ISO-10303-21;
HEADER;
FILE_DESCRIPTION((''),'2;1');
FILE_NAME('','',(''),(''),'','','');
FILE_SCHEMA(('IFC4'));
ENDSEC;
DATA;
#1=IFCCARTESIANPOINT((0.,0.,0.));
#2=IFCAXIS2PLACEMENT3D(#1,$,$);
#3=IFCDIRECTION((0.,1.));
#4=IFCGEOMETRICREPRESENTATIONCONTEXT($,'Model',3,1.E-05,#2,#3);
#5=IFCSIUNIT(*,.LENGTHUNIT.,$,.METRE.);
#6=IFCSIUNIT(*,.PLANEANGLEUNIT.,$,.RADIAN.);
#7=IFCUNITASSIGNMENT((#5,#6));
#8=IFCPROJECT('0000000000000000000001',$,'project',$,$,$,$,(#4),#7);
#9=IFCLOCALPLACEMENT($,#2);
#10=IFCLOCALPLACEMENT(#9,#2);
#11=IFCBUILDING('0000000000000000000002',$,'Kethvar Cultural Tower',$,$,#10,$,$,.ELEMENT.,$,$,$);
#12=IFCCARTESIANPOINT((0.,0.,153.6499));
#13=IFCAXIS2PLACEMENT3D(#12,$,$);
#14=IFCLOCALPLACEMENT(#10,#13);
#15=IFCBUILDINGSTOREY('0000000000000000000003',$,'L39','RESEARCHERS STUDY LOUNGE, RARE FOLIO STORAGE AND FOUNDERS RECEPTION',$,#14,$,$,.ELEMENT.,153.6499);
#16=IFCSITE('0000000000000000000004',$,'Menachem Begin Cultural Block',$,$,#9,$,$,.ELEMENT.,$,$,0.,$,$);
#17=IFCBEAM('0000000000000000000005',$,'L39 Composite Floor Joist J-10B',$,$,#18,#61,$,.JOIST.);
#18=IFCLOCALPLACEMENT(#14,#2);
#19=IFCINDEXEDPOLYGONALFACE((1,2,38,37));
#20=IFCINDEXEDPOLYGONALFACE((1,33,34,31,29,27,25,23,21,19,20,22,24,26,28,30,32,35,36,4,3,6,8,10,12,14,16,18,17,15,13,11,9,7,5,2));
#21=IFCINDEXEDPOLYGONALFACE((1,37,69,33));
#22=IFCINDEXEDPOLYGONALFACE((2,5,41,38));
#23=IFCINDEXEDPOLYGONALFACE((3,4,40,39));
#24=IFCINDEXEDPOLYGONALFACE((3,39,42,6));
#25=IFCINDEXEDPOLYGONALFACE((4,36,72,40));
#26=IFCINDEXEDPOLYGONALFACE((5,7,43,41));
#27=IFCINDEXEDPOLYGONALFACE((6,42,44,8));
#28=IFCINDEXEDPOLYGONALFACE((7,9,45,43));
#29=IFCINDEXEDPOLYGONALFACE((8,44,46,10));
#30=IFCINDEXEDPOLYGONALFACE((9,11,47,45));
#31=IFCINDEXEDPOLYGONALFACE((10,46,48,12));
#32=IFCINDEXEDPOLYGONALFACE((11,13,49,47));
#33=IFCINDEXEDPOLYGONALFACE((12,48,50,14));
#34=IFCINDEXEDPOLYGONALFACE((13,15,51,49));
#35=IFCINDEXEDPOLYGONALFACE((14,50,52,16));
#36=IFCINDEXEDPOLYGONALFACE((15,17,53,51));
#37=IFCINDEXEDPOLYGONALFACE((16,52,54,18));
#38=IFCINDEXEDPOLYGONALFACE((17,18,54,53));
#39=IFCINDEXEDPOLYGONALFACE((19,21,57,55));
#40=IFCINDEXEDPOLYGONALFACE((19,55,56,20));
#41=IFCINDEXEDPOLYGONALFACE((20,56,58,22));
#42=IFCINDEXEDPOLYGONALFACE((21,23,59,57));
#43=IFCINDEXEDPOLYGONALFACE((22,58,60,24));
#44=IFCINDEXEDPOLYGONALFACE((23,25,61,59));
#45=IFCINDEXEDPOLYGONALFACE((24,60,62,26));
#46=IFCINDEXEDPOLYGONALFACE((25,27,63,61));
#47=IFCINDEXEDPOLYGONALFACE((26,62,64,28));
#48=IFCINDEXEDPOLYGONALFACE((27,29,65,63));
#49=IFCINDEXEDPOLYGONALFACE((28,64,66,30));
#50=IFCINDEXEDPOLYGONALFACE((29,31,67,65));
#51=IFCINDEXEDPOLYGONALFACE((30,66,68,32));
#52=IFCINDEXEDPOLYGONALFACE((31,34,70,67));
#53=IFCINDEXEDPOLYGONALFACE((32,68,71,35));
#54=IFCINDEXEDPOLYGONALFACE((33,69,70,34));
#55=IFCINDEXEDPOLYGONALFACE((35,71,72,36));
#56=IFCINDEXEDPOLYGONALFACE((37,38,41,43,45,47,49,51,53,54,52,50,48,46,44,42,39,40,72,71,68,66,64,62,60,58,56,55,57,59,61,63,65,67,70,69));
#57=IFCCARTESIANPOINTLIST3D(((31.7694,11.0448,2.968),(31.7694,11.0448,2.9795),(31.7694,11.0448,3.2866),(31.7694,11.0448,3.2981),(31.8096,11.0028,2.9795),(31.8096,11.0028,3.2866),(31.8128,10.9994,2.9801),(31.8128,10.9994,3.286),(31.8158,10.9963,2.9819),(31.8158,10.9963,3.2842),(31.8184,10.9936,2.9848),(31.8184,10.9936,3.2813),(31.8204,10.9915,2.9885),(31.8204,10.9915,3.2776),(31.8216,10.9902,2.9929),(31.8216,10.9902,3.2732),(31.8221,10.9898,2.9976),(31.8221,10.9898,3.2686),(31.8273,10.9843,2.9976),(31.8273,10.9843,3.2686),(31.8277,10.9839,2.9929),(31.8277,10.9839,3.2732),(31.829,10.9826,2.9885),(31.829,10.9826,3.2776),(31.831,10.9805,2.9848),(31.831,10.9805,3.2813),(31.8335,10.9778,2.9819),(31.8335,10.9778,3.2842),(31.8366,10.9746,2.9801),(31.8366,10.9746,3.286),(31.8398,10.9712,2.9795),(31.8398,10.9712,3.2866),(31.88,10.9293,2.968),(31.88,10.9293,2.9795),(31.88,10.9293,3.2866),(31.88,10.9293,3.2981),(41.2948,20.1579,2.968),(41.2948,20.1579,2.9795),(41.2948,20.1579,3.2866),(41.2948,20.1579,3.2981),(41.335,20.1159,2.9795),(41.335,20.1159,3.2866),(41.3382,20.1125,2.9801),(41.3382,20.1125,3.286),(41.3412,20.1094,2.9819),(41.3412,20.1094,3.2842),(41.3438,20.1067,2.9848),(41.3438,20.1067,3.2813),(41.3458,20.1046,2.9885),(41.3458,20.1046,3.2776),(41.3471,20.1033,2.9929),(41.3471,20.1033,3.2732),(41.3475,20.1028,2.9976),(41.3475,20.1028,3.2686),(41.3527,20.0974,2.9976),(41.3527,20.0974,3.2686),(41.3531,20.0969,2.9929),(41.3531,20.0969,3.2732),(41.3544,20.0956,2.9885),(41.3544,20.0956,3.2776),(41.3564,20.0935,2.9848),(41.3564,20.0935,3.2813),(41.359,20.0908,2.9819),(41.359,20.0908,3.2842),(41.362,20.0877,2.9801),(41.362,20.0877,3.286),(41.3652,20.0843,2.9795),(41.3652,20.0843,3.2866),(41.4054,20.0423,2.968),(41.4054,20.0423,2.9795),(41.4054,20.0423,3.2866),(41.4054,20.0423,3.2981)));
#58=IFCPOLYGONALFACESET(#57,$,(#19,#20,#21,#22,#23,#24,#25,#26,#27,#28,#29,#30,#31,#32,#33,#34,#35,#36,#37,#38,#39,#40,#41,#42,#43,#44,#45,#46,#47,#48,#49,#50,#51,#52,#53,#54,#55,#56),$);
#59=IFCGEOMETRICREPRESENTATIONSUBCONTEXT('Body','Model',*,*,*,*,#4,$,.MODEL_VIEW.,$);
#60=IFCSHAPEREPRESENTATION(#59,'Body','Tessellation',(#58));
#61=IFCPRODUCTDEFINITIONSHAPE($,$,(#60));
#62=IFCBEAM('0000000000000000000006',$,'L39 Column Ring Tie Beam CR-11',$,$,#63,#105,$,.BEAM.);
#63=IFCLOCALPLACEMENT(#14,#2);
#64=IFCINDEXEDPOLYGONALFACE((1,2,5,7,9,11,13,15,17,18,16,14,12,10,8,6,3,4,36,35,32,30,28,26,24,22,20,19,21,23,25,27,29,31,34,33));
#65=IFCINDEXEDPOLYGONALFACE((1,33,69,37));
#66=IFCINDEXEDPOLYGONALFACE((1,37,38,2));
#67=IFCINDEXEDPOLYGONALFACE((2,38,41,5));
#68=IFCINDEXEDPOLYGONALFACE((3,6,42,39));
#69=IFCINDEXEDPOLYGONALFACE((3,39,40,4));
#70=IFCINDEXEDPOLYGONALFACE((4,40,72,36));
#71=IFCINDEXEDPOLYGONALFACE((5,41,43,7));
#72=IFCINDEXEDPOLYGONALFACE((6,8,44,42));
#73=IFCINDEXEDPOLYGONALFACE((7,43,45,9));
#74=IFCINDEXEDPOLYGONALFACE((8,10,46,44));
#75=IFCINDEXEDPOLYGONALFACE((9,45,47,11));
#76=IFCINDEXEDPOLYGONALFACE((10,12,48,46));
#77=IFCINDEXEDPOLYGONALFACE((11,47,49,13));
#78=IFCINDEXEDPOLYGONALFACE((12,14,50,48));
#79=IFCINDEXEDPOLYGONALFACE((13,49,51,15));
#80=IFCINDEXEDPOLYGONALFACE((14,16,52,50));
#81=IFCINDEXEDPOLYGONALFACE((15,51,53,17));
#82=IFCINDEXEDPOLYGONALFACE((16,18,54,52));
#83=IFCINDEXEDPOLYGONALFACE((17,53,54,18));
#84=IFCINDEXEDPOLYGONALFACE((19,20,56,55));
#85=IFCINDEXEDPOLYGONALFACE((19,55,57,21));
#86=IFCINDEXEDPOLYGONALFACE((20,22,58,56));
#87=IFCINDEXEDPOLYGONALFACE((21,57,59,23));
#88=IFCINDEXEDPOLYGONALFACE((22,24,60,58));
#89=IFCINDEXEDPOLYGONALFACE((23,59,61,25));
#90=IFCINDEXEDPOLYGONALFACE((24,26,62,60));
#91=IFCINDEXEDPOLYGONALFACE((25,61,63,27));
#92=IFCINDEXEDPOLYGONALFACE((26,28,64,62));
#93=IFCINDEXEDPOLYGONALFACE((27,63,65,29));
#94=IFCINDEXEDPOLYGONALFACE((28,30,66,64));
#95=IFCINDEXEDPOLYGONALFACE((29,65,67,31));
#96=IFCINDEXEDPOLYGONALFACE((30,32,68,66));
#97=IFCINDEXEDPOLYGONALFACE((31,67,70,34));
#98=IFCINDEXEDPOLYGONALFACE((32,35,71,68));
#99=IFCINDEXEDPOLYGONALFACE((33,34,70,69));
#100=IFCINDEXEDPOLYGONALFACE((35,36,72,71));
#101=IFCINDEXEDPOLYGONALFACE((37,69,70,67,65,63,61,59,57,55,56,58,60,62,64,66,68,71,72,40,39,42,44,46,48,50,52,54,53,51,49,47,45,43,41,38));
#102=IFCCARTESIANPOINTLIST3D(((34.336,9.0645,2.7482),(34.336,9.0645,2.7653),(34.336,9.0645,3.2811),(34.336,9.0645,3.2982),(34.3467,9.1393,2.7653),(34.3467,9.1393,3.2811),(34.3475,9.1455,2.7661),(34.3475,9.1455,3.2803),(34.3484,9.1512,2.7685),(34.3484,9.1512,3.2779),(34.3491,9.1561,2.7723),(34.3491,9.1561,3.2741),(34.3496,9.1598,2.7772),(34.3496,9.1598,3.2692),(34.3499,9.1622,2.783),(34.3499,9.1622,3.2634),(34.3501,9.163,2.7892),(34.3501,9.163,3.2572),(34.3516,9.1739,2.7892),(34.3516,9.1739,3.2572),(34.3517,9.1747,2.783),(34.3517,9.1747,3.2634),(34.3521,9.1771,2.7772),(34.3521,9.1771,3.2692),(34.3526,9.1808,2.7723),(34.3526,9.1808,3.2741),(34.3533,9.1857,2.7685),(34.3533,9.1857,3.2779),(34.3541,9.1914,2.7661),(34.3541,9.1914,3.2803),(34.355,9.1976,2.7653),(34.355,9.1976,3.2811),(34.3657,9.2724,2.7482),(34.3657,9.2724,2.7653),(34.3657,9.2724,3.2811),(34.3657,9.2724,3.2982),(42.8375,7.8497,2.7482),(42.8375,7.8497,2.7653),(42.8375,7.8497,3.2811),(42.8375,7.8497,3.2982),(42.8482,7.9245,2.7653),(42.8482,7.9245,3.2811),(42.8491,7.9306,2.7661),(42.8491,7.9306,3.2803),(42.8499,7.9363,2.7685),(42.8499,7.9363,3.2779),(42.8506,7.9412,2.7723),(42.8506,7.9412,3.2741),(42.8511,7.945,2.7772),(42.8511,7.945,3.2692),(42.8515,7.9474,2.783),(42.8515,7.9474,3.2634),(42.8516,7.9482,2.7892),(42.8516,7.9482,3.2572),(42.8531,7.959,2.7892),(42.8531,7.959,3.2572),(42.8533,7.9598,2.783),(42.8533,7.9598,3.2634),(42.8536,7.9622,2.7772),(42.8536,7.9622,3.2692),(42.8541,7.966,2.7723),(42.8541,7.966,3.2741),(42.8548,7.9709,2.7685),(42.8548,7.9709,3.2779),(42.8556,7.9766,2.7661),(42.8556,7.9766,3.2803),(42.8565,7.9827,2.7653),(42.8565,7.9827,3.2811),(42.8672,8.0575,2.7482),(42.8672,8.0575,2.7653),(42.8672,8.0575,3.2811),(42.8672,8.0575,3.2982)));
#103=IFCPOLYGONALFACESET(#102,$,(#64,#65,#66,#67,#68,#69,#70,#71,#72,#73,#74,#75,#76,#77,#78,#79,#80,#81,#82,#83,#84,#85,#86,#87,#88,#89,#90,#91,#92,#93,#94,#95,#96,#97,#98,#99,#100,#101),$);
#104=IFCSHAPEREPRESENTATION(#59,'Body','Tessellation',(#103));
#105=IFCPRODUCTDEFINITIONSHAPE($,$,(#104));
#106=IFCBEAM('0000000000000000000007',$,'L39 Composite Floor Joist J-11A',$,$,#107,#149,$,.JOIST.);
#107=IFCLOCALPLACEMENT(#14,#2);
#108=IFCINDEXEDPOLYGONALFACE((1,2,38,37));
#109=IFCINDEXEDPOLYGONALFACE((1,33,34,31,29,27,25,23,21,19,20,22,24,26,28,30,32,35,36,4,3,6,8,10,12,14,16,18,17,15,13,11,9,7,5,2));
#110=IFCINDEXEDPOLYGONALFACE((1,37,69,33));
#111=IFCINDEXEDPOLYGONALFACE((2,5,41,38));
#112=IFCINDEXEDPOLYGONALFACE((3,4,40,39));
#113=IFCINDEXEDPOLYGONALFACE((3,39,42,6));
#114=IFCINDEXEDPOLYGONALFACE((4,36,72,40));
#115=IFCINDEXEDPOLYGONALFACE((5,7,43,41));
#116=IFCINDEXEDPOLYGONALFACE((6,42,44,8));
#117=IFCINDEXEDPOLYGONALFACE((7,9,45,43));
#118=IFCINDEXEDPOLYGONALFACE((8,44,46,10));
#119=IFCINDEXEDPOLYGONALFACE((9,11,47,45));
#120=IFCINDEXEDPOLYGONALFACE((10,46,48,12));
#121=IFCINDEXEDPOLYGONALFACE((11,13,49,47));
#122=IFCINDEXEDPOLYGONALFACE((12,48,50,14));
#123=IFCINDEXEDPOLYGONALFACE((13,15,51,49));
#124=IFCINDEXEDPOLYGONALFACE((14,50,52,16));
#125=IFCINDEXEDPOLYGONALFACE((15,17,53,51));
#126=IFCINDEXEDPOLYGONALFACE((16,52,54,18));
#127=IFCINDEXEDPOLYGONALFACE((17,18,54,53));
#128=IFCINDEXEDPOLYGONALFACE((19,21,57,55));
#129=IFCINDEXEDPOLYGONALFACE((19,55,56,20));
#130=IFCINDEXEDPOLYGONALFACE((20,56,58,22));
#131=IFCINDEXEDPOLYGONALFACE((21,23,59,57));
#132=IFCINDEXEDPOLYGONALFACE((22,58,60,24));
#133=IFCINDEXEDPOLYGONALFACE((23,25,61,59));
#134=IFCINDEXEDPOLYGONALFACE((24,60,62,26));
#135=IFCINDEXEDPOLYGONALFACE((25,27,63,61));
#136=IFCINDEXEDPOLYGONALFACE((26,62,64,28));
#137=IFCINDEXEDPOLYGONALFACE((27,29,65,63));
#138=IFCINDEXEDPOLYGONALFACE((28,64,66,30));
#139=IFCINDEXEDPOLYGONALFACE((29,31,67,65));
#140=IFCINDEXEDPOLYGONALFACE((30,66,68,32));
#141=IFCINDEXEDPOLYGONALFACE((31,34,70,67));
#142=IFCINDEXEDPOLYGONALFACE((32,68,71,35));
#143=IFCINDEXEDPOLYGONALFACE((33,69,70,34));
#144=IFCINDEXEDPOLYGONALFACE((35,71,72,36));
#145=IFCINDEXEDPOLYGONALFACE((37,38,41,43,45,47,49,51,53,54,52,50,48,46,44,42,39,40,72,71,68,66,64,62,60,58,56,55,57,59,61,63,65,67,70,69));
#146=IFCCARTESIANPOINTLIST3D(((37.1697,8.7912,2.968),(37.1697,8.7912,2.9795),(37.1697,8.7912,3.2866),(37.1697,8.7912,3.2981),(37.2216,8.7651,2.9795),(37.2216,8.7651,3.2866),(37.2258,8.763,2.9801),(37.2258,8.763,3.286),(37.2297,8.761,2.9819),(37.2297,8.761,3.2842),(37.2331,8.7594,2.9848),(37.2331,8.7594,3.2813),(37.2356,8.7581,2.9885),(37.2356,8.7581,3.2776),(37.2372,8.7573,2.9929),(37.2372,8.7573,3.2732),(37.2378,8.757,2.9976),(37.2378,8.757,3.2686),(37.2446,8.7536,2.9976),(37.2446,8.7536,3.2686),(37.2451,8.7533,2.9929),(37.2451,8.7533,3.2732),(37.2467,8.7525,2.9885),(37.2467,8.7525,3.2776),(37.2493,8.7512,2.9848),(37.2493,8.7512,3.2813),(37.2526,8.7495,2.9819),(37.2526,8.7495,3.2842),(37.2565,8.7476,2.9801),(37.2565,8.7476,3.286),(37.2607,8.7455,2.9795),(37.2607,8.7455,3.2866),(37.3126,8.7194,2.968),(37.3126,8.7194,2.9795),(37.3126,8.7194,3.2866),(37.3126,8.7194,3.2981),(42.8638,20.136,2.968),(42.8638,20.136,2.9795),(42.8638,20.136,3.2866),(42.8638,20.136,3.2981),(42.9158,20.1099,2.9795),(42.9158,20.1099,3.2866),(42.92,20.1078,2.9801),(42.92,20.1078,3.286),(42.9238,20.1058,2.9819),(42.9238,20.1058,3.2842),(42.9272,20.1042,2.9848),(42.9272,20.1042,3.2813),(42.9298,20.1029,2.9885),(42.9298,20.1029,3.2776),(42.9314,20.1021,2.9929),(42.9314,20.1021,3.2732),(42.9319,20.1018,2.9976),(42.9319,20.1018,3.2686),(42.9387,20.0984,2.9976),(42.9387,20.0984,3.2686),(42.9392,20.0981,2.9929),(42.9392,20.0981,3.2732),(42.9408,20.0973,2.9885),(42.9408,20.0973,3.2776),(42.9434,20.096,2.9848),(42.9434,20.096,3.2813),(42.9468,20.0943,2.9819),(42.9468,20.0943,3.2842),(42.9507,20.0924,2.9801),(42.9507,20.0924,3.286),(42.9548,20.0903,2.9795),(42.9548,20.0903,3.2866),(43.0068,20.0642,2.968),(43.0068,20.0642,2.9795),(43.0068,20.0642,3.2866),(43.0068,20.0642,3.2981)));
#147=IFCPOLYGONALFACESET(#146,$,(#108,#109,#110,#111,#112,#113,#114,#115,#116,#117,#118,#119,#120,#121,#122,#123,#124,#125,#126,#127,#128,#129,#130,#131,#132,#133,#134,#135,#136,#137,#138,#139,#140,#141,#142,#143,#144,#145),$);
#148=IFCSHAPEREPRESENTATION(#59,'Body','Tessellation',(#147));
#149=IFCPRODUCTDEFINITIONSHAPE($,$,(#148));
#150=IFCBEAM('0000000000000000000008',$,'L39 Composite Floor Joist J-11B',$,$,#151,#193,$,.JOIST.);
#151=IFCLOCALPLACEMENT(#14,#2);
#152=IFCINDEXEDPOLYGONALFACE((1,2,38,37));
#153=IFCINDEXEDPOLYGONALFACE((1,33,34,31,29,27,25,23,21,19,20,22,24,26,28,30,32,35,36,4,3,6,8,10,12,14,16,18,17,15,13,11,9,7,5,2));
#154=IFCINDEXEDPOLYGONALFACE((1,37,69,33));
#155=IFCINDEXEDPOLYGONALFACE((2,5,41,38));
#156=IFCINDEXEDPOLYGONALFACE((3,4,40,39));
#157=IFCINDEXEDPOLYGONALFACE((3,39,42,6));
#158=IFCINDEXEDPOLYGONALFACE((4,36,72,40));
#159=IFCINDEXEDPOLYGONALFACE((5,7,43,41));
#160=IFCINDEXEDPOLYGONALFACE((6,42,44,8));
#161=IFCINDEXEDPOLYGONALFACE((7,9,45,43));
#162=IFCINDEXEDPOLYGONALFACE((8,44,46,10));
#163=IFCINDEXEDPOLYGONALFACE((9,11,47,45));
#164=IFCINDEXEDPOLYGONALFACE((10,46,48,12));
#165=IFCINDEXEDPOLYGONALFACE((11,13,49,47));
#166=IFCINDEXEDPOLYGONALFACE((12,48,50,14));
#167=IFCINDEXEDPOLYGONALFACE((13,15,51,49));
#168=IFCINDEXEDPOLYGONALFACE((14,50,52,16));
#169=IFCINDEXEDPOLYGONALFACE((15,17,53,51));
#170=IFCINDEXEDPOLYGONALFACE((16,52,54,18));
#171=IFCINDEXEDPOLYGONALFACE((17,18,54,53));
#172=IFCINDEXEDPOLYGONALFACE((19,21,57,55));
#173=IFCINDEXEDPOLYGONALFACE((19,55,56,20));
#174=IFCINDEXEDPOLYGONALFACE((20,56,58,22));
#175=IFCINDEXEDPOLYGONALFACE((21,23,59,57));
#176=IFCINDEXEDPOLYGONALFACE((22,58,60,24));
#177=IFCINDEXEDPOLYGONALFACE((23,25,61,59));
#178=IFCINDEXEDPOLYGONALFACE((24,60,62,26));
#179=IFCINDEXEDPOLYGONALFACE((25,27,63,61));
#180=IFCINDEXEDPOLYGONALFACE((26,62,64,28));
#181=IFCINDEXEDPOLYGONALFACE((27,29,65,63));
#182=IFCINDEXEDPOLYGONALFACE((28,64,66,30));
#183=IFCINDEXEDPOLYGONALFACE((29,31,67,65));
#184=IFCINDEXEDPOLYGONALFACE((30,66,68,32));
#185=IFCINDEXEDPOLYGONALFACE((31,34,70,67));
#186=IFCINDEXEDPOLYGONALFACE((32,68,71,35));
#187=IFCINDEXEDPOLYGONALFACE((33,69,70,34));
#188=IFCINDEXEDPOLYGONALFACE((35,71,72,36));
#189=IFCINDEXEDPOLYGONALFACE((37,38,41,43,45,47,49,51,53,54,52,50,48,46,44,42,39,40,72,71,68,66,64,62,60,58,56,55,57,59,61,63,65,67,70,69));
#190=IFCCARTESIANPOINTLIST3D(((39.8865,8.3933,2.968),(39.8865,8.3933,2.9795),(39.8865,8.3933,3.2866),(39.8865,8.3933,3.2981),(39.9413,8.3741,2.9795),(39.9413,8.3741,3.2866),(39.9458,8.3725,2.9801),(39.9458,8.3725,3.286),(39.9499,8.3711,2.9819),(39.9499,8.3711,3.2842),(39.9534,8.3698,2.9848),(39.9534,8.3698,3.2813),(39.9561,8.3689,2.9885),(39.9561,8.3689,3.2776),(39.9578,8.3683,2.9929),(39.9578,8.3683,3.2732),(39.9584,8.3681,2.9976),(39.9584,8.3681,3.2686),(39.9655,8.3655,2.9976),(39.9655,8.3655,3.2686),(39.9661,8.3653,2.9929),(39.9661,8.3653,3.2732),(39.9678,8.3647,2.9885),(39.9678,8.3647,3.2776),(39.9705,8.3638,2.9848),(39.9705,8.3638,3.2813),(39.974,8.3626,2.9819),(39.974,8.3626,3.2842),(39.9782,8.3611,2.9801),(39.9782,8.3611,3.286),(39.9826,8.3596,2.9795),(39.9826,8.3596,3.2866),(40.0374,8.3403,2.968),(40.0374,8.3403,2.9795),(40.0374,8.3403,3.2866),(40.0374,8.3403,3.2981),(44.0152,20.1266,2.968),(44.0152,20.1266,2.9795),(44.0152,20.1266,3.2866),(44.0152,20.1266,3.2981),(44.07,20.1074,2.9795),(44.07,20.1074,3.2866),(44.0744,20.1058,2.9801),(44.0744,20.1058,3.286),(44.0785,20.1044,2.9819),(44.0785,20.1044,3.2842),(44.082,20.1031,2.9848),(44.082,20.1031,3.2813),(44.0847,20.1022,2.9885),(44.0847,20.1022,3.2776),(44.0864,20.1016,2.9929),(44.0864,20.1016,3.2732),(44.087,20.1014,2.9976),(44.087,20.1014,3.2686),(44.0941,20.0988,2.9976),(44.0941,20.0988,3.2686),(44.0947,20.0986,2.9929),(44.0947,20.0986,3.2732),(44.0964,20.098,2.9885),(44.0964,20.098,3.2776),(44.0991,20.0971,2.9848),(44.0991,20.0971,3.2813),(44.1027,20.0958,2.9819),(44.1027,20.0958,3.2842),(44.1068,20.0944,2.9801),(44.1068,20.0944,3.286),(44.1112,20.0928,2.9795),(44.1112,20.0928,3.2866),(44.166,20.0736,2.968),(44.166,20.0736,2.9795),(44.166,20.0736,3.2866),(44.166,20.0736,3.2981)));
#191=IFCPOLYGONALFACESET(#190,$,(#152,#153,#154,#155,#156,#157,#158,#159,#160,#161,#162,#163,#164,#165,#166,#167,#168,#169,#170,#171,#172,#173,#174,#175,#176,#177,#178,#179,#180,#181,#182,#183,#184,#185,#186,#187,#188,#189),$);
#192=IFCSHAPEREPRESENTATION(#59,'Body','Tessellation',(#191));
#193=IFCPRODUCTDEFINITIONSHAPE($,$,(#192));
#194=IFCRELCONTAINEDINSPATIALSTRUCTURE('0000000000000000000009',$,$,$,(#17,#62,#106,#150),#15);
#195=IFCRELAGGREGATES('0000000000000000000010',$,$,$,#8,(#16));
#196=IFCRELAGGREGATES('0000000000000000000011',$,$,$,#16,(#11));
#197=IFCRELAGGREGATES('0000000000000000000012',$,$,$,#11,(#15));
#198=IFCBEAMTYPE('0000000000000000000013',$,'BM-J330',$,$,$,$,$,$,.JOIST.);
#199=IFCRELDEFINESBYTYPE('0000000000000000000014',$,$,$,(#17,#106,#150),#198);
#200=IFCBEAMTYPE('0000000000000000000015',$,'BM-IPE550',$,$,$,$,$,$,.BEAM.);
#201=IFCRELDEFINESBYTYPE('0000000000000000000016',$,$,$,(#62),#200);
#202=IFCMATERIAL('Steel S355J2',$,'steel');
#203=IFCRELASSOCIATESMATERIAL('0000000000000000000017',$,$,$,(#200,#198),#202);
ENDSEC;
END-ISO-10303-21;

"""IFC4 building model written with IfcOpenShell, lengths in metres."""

from ifc_helpers import new_model, si_unit, direction, frame, origin, origin_2d, place, context, subcontext, project, spatial, i_section, extrude, source, transform, mapped, material, material_profile, profile_set, type_object, element, save


model = new_model("IFC4")

# Units and contexts
model_context = context("Model", 3, precision=1e-05, world=origin(), true_north=direction((0.0, 1.0)))
body_context = subcontext(model_context, "Body", "Model", "MODEL_VIEW")
ifc_project = project(units=[si_unit("LENGTHUNIT", "METRE"), si_unit("PLANEANGLEUNIT", "RADIAN")], contexts=[model_context])

# Site, building, storey
site_placement = place(None, origin())
site = spatial("IfcSite", under=ifc_project, at=site_placement, Name="Menachem Begin Cultural Block", CompositionType="ELEMENT", RefElevation=0.0)
building_placement = place(site_placement, origin())
building = spatial("IfcBuilding", under=site, at=building_placement, Name="Kethvar Cultural Tower", CompositionType="ELEMENT")
storey_placement = place(building_placement, frame((0.0, 0.0, 153.6499)))
storey = spatial("IfcBuildingStorey", under=building, at=storey_placement, Name="L39", Description="RESEARCHERS STUDY LOUNGE, RARE FOLIO STORAGE AND FOUNDERS RECEPTION", CompositionType="ELEMENT", Elevation=153.6499)

# Beams
ifc_material_1 = material(Name="Steel S355J2", Category="steel")
ifc_material_profile_1 = material_profile(ifc_material_1, i_section(OverallWidth=0.21, OverallDepth=0.55, WebThickness=0.011, FlangeThickness=0.0171, FilletRadius=0.0239, at=origin_2d()), Name="Steel S355J2 — IPE550")
ifc_profile_set_1 = profile_set([ifc_material_profile_1], Name="Steel S355J2 — IPE550")
beam_type_1 = type_object("IfcBeamType", Name="BM-IPE550", PredefinedType="BEAM", material=ifc_profile_set_1)
ifc_material_profile_2 = material_profile(ifc_material_1, i_section(OverallWidth=0.1599, OverallDepth=0.3301, WebThickness=0.0076, FlangeThickness=0.0115, FilletRadius=0.0181, at=origin_2d()), Name="Steel S355J2 — IPE330")
ifc_profile_set_2 = profile_set([ifc_material_profile_2], Name="Steel S355J2 — IPE330")
beam_type_2 = type_object("IfcBeamType", Name="BM-J330", PredefinedType="JOIST", material=ifc_profile_set_2)
shared_shape_1 = source(origin(), body_context, "Body", "SweptSolid", [
    extrude(i_section(OverallWidth=0.1599, OverallDepth=0.3301, WebThickness=0.0076, FlangeThickness=0.0115, FilletRadius=0.0181, at=origin_2d()), origin(), (0.0, 0.0, 1.0), 13.1826),
])
beam_1_placement = place(storey_placement, frame((41.3501, 20.1001, 3.1331), z_axis=(-0.722574, -0.691294, 0.0), x_axis=(0.691294, -0.722574, 0.0)))
element("IfcBeam", 1, at=beam_1_placement, inside=storey, type_object=beam_type_2, Name="L39 Composite Floor Joist J-10B", PredefinedType="JOIST", context=body_context, shape_type="MappedRepresentation", body=[
    mapped(shared_shape_1, transform((0.0, 0.0, 0.0), scale=1.0)),
])
shared_shape_2 = source(origin(), body_context, "Body", "SweptSolid", [
    extrude(i_section(OverallWidth=0.21, OverallDepth=0.55, WebThickness=0.011, FlangeThickness=0.0171, FilletRadius=0.0239, at=origin_2d()), origin(), (0.0, 0.0, 1.0), 8.5879),
])
beam_2_placement = place(storey_placement, frame((34.3508, 9.1685, 3.0232), z_axis=(0.989944, -0.141461, 0.0), x_axis=(0.141461, 0.989944, 0.0)))
element("IfcBeam", 2, at=beam_2_placement, inside=storey, type_object=beam_type_1, Name="L39 Column Ring Tie Beam CR-11", PredefinedType="BEAM", context=body_context, shape_type="MappedRepresentation", body=[
    mapped(shared_shape_2, transform((0.0, 0.0, 0.0), scale=1.0)),
])
shared_shape_3 = source(origin(), body_context, "Body", "SweptSolid", [
    extrude(i_section(OverallWidth=0.1599, OverallDepth=0.3301, WebThickness=0.0076, FlangeThickness=0.0115, FilletRadius=0.0181, at=origin_2d()), origin(), (0.0, 0.0, 1.0), 12.6936),
])
beam_3_placement = place(storey_placement, frame((42.9353, 20.1001, 3.1331), z_axis=(-0.448582, -0.893741, 0.0), x_axis=(0.893741, -0.448582, 0.0)))
element("IfcBeam", 3, at=beam_3_placement, inside=storey, type_object=beam_type_2, Name="L39 Composite Floor Joist J-11A", PredefinedType="JOIST", context=body_context, shape_type="MappedRepresentation", body=[
    mapped(shared_shape_3, transform((0.0, 0.0, 0.0), scale=1.0)),
])
shared_shape_4 = source(origin(), body_context, "Body", "SweptSolid", [
    extrude(i_section(OverallWidth=0.1599, OverallDepth=0.3301, WebThickness=0.0076, FlangeThickness=0.0115, FilletRadius=0.0181, at=origin_2d()), origin(), (0.0, 0.0, 1.0), 12.4385),
])
beam_4_placement = place(storey_placement, frame((44.0906, 20.1001, 3.1331), z_axis=(-0.331924, -0.943306, 0.0), x_axis=(0.943306, -0.331924, 0.0)))
element("IfcBeam", 4, at=beam_4_placement, inside=storey, type_object=beam_type_2, Name="L39 Composite Floor Joist J-11B", PredefinedType="JOIST", context=body_context, shape_type="MappedRepresentation", body=[
    mapped(shared_shape_4, transform((0.0, 0.0, 0.0), scale=1.0)),
])

save(model, "model.ifc")
